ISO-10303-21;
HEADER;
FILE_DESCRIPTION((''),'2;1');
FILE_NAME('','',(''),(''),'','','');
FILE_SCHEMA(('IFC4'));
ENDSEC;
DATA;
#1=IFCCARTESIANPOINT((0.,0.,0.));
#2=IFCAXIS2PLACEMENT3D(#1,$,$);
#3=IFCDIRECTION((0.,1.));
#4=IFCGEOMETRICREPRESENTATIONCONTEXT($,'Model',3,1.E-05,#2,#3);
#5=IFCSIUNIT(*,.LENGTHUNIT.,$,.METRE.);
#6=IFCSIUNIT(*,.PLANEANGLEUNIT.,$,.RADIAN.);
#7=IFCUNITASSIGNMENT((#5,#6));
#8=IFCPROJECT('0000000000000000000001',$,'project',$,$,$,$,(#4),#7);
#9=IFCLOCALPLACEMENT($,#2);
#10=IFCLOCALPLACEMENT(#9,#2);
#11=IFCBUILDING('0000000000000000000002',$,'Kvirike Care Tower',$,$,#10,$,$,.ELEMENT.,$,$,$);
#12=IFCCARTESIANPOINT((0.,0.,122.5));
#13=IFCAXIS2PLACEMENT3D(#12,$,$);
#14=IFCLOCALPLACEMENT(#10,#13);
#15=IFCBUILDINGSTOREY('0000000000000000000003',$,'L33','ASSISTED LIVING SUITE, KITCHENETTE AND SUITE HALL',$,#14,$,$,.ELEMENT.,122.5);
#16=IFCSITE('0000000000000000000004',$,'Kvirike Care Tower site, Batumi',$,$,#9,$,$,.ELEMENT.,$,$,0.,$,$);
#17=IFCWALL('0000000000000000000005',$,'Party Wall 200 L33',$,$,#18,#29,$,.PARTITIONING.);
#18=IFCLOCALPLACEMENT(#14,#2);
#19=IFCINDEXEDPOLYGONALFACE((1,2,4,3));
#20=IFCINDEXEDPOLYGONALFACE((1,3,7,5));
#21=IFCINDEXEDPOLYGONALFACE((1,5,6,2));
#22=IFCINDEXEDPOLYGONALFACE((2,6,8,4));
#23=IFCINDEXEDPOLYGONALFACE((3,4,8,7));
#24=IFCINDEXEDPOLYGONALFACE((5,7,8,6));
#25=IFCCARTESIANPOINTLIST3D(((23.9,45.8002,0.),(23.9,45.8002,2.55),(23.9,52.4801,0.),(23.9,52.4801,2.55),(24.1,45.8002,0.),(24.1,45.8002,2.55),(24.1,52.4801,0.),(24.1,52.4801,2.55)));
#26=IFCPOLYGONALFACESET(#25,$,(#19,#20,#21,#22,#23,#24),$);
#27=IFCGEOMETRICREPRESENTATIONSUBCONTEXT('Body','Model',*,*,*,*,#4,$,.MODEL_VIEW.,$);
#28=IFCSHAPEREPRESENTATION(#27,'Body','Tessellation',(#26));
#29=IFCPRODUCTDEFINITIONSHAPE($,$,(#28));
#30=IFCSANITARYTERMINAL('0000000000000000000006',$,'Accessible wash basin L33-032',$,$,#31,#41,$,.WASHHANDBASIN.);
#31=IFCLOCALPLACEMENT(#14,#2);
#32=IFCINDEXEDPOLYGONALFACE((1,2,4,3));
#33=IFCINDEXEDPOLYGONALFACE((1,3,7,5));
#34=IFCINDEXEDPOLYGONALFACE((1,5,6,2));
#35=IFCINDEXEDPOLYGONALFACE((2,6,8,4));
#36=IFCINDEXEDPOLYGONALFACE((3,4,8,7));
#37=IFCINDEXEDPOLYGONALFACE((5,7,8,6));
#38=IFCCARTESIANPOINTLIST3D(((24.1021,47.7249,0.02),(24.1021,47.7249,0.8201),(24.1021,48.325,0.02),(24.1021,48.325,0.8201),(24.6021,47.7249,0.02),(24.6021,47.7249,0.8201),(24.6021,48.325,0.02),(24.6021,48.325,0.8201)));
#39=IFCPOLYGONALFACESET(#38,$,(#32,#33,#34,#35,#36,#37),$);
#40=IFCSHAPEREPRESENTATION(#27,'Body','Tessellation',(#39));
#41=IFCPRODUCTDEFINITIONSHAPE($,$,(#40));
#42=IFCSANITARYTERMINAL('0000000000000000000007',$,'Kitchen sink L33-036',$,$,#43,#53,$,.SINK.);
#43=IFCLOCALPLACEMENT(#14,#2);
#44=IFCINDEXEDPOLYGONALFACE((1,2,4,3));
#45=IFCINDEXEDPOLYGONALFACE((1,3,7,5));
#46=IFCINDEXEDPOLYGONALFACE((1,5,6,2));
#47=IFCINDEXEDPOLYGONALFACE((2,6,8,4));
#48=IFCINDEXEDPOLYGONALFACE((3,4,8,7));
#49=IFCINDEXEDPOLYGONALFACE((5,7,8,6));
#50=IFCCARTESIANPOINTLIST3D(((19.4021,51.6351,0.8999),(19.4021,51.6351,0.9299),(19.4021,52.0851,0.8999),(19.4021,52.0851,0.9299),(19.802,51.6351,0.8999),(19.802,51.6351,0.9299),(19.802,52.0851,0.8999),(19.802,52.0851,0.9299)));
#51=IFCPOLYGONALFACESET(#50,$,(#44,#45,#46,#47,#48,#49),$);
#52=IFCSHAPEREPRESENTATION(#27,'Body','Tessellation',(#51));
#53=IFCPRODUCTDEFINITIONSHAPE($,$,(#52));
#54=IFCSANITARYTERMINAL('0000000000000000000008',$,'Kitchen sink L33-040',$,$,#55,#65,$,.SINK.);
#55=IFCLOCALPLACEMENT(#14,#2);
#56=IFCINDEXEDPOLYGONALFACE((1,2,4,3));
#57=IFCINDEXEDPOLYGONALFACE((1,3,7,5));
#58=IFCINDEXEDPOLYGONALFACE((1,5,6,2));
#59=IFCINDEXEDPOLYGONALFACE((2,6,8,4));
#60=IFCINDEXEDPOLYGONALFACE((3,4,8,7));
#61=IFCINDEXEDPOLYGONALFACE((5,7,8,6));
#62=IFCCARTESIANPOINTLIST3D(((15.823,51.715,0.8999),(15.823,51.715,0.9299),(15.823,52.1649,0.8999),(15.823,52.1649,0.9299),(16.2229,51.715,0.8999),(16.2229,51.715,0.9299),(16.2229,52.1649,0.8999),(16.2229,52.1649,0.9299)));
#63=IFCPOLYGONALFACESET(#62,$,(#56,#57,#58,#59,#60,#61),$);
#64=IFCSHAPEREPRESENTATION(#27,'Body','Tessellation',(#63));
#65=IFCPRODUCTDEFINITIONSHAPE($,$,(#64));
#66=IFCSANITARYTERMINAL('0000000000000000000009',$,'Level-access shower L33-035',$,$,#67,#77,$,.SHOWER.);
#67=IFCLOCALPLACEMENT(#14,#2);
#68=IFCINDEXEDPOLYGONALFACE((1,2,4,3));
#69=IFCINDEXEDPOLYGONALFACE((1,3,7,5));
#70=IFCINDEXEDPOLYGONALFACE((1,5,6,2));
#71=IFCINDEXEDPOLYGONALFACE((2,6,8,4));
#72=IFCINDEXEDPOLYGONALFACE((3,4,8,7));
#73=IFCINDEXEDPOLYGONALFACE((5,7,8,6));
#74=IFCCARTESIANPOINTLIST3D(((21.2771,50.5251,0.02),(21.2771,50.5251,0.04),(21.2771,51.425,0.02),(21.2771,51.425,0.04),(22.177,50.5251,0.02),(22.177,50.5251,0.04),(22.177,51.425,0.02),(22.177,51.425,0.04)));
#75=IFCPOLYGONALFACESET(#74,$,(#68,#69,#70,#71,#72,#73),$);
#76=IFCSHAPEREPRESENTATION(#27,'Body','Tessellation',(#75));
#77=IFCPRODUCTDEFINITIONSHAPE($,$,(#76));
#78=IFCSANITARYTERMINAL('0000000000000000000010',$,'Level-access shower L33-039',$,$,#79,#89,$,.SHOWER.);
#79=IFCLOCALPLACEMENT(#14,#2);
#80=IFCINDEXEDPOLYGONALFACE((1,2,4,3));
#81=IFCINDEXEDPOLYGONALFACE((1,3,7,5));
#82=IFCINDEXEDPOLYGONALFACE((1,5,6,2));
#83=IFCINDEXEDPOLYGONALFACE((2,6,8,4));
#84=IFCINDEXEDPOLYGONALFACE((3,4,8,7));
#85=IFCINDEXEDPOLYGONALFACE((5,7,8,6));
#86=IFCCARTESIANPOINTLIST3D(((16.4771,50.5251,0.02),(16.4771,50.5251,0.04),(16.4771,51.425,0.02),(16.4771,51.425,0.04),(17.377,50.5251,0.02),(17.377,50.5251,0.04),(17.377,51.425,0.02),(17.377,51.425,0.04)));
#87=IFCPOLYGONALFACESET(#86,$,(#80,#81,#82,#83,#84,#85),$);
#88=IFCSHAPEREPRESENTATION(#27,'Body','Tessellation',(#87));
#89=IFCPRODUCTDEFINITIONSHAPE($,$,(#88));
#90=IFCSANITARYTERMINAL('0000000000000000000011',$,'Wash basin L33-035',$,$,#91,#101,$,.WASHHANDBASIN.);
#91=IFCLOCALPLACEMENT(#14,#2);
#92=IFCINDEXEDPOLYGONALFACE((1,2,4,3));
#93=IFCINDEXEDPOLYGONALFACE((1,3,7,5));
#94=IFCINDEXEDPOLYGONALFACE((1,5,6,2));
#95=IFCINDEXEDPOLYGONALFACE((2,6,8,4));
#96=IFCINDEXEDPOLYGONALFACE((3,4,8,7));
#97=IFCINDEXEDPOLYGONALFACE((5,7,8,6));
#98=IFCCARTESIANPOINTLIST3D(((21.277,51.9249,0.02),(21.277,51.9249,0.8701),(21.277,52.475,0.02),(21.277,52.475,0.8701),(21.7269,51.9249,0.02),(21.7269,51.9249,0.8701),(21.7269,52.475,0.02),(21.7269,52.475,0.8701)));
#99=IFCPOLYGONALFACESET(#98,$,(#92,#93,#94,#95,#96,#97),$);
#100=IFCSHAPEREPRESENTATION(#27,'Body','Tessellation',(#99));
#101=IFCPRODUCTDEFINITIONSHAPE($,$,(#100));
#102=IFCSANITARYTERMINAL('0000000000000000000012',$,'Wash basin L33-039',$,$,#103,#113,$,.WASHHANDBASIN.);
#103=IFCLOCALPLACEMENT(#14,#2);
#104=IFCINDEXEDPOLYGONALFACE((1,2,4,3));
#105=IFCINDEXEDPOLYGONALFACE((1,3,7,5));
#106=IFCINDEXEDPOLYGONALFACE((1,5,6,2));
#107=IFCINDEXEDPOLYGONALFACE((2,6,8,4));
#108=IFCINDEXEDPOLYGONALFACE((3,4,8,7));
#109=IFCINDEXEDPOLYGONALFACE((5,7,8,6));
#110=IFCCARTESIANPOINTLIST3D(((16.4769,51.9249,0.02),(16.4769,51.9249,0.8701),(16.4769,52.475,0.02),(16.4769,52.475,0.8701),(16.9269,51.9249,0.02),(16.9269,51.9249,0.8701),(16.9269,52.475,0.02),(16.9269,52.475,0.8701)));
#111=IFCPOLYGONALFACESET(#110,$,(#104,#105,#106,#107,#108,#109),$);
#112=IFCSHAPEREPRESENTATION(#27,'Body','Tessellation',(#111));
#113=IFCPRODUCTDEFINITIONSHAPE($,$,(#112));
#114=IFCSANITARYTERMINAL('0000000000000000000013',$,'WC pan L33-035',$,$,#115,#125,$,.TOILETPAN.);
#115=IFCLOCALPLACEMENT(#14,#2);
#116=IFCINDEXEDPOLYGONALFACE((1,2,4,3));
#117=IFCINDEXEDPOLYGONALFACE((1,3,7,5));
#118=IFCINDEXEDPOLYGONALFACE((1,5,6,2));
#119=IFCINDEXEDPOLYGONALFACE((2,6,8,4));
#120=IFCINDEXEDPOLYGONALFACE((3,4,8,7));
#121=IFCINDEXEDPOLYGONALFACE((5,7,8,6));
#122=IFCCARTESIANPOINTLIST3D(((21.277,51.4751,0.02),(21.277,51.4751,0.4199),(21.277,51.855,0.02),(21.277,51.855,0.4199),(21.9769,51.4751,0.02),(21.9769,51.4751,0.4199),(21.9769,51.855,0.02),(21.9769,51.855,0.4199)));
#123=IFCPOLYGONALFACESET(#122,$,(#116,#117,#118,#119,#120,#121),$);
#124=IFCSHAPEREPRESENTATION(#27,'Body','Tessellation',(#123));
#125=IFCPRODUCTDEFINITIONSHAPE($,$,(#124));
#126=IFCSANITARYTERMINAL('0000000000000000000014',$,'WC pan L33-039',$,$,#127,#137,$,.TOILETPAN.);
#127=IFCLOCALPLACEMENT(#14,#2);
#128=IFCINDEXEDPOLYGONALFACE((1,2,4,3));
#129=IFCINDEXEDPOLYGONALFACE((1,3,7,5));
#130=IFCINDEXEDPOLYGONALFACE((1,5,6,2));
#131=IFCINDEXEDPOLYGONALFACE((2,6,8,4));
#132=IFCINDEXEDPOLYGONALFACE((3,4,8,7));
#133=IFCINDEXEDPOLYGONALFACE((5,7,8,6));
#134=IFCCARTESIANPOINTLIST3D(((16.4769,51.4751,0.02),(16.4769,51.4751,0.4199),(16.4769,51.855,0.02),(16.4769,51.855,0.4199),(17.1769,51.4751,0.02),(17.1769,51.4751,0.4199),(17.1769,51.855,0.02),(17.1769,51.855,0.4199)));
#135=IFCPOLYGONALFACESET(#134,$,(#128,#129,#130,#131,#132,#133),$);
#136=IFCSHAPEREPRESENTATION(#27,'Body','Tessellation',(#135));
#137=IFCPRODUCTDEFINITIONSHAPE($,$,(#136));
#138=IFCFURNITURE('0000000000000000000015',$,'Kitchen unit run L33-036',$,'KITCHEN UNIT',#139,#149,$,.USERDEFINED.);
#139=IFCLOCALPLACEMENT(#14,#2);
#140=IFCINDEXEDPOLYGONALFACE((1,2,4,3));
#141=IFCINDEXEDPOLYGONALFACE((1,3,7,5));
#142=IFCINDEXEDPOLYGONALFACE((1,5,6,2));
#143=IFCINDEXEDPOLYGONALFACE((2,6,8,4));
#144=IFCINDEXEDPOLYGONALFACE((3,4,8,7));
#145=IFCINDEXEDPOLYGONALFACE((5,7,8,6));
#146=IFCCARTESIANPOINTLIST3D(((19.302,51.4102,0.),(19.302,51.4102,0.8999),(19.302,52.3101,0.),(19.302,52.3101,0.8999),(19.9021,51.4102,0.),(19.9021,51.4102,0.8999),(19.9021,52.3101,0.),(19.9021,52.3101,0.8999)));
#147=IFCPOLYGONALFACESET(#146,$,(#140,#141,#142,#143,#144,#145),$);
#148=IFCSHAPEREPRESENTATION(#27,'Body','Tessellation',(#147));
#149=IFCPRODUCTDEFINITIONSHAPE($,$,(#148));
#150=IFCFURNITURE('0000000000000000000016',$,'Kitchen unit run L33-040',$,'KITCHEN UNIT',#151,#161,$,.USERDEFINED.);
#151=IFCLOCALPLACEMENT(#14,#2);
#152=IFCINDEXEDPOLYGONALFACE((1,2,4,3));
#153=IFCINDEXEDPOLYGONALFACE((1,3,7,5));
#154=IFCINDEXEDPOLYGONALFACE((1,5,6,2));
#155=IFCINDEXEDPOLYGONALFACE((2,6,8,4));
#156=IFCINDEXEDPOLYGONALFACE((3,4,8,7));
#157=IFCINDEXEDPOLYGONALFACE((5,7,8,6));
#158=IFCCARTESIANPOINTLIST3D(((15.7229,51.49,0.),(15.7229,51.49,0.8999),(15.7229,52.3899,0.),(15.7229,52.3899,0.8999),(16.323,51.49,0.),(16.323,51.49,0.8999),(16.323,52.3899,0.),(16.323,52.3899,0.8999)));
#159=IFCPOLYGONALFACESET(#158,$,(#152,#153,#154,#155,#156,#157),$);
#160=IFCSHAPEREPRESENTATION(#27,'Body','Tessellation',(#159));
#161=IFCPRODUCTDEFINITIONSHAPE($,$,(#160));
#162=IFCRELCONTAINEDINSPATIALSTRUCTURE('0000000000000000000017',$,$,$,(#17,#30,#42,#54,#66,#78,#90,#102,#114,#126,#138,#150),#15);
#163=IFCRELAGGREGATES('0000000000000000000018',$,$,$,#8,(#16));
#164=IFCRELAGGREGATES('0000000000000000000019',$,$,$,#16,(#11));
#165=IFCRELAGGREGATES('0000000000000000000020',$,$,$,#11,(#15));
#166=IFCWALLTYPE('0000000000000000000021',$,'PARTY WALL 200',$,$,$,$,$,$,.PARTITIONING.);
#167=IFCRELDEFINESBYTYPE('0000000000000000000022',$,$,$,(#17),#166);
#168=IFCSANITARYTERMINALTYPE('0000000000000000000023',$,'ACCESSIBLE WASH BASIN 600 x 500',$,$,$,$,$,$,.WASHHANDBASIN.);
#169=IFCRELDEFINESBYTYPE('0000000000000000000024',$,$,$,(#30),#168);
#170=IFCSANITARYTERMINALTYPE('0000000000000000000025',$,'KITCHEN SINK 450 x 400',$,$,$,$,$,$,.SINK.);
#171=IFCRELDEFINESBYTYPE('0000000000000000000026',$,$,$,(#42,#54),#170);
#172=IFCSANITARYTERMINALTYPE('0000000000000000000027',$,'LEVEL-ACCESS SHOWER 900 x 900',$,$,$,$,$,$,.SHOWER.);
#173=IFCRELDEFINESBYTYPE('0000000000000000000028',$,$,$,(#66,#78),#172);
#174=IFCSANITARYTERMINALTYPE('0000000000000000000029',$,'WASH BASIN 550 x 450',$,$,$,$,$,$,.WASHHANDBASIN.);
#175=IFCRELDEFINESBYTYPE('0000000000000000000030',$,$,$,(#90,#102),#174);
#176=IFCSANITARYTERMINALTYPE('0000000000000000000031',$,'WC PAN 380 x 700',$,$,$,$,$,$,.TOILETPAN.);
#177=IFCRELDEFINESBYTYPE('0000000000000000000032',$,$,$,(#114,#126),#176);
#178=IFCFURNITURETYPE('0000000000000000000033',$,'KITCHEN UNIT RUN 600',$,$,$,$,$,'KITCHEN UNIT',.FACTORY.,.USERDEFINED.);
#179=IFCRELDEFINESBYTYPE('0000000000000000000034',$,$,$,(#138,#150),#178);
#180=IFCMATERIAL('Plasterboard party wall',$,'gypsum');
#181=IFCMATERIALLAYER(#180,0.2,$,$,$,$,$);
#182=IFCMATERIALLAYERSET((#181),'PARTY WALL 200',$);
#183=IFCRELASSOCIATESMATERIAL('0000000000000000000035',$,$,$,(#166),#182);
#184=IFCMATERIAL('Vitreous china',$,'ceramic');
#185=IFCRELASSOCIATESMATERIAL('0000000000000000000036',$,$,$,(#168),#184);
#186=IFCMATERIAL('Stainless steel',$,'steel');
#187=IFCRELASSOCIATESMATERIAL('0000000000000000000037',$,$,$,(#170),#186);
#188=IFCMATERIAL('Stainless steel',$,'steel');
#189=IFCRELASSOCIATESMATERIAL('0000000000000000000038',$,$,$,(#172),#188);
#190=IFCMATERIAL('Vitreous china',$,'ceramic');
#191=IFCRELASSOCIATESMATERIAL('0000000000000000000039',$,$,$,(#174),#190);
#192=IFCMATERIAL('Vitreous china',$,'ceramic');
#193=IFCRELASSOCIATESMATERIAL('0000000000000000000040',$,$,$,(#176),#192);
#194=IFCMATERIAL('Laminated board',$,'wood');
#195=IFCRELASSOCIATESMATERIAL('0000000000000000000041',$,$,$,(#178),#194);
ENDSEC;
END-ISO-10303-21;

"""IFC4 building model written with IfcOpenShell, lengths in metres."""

from ifc_helpers import new_model, si_unit, direction, frame, frame_2d, origin, origin_2d, place, context, subcontext, project, spatial, rectangle, extrude, material, layer, layer_set, type_object, element, save


model = new_model("IFC4")

# Units and contexts
model_context = context("Model", 3, precision=1e-05, world=origin(), true_north=direction((0.0, 1.0)))
body_context = subcontext(model_context, "Body", "Model", "MODEL_VIEW")
ifc_project = project(units=[si_unit("LENGTHUNIT", "METRE"), si_unit("PLANEANGLEUNIT", "RADIAN")], contexts=[model_context])

# Site, building, storey
site_placement = place(None, origin())
site = spatial("IfcSite", under=ifc_project, at=site_placement, Name="Kvirike Care Tower site, Batumi", CompositionType="ELEMENT", RefElevation=0.0)
building_placement = place(site_placement, origin())
building = spatial("IfcBuilding", under=site, at=building_placement, Name="Kvirike Care Tower", CompositionType="ELEMENT")
storey_placement = place(building_placement, frame((0.0, 0.0, 122.5)))
storey = spatial("IfcBuildingStorey", under=building, at=storey_placement, Name="L33", Description="ASSISTED LIVING SUITE, KITCHENETTE AND SUITE HALL", CompositionType="ELEMENT", Elevation=122.5)

# Wall
ifc_material_1 = material(Name="Plasterboard party wall", Category="gypsum")
ifc_layer_1 = layer(ifc_material_1, 0.2)
ifc_layer_set_1 = layer_set([ifc_layer_1], Name="PARTY WALL 200")
wall_type_1 = type_object("IfcWallType", Name="PARTY WALL 200", PredefinedType="PARTITIONING", material=ifc_layer_set_1)
wall_1_placement = place(storey_placement, frame((24.0, 52.48, 0.0), z_axis=(0.0, 0.0, 1.0), x_axis=(0.0, -1.0, 0.0)))
element("IfcWall", 1, at=wall_1_placement, inside=storey, type_object=wall_type_1, Name="Party Wall 200 L33", PredefinedType="PARTITIONING", context=body_context, shape_type="SweptSolid", body=[
    extrude(rectangle(XDim=6.6799, YDim=0.2, at=frame_2d((3.3398, 0.0))), origin(), (0.0, 0.0, 1.0), 2.55),
])

# Sanitary terminals
ifc_material_2 = material(Name="Vitreous china", Category="ceramic")
sanitary_terminal_type_1 = type_object("IfcSanitaryTerminalType", Name="ACCESSIBLE WASH BASIN 600 x 500", PredefinedType="WASHHANDBASIN", material=ifc_material_2)
sanitary_terminal_placement = place(storey_placement, frame((24.3521, 48.0249, 0.02), z_axis=(0.0, 0.0, 1.0), x_axis=(0.0, 1.0, 0.0)))
element("IfcSanitaryTerminal", 2, at=sanitary_terminal_placement, inside=storey, type_object=sanitary_terminal_type_1, Name="Accessible wash basin L33-032", PredefinedType="WASHHANDBASIN", context=body_context, shape_type="SweptSolid", body=[
    extrude(rectangle(XDim=0.6001, YDim=0.5, at=origin_2d()), origin(), (0.0, 0.0, 1.0), 0.8),
])
ifc_material_3 = material(Name="Stainless steel", Category="steel")
sanitary_terminal_type_2 = type_object("IfcSanitaryTerminalType", Name="KITCHEN SINK 450 x 400", PredefinedType="SINK", material=ifc_material_3)
for number, where, z_axis, x_axis, name in (
    (3, (19.6021, 51.8601, 0.8999), (0.0, 0.0, 1.0), (0.0, 1.0, 0.0), "Kitchen sink L33-036"),
    (4, (16.0229, 51.9399, 0.8999), (0.0, 0.0, 1.0), (0.0, -1.0, 0.0), "Kitchen sink L33-040"),
):
    element("IfcSanitaryTerminal", number, at=place(storey_placement, frame(where, z_axis=z_axis, x_axis=x_axis)), inside=storey, type_object=sanitary_terminal_type_2, Name=name, PredefinedType="SINK", context=body_context, shape_type="SweptSolid", body=[
        extrude(rectangle(XDim=0.45, YDim=0.3999, at=origin_2d()), origin(), (0.0, 0.0, 1.0), 0.03),
    ])
ifc_material_4 = material(Name="Stainless steel", Category="steel")
sanitary_terminal_type_3 = type_object("IfcSanitaryTerminalType", Name="LEVEL-ACCESS SHOWER 900 x 900", PredefinedType="SHOWER", material=ifc_material_4)
for number, where, z_axis, x_axis, name in (
    (5, (21.7271, 50.9751, 0.02), (0.0, 0.0, 1.0), (0.0, 1.0, 0.0), "Level-access shower L33-035"),
    (6, (16.927, 50.9751, 0.02), (0.0, 0.0, 1.0), (0.0, 1.0, 0.0), "Level-access shower L33-039"),
):
    element("IfcSanitaryTerminal", number, at=place(storey_placement, frame(where, z_axis=z_axis, x_axis=x_axis)), inside=storey, type_object=sanitary_terminal_type_3, Name=name, PredefinedType="SHOWER", context=body_context, shape_type="SweptSolid", body=[
        extrude(rectangle(XDim=0.8999, YDim=0.8999, at=origin_2d()), origin(), (0.0, 0.0, 1.0), 0.02),
    ])
ifc_material_5 = material(Name="Vitreous china", Category="ceramic")
sanitary_terminal_type_4 = type_object("IfcSanitaryTerminalType", Name="WASH BASIN 550 x 450", PredefinedType="WASHHANDBASIN", material=ifc_material_5)
for number, where, z_axis, x_axis, name in (
    (7, (21.502, 52.2, 0.02), (0.0, 0.0, 1.0), (0.0, 1.0, 0.0), "Wash basin L33-035"),
    (8, (16.7019, 52.2, 0.02), (0.0, 0.0, 1.0), (0.0, 1.0, 0.0), "Wash basin L33-039"),
):
    element("IfcSanitaryTerminal", number, at=place(storey_placement, frame(where, z_axis=z_axis, x_axis=x_axis)), inside=storey, type_object=sanitary_terminal_type_4, Name=name, PredefinedType="WASHHANDBASIN", context=body_context, shape_type="SweptSolid", body=[
        extrude(rectangle(XDim=0.55, YDim=0.45, at=origin_2d()), origin(), (0.0, 0.0, 1.0), 0.8501),
    ])
ifc_material_6 = material(Name="Vitreous china", Category="ceramic")
sanitary_terminal_type_5 = type_object("IfcSanitaryTerminalType", Name="WC PAN 380 x 700", PredefinedType="TOILETPAN", material=ifc_material_6)
for number, where, z_axis, x_axis, name in (
    (9, (21.627, 51.665, 0.02), (0.0, 0.0, 1.0), (0.0, 1.0, 0.0), "WC pan L33-035"),
    (10, (16.8269, 51.665, 0.02), (0.0, 0.0, 1.0), (0.0, 1.0, 0.0), "WC pan L33-039"),
):
    element("IfcSanitaryTerminal", number, at=place(storey_placement, frame(where, z_axis=z_axis, x_axis=x_axis)), inside=storey, type_object=sanitary_terminal_type_5, Name=name, PredefinedType="TOILETPAN", context=body_context, shape_type="SweptSolid", body=[
        extrude(rectangle(XDim=0.3799, YDim=0.7, at=origin_2d()), origin(), (0.0, 0.0, 1.0), 0.3999),
    ])

# Furniture
ifc_material_7 = material(Name="Laminated board", Category="wood")
furniture_type = type_object("IfcFurnitureType", Name="KITCHEN UNIT RUN 600", ElementType="KITCHEN UNIT", AssemblyPlace="FACTORY", PredefinedType="USERDEFINED", material=ifc_material_7)
for number, where, z_axis, x_axis, name in (
    (11, (19.6021, 51.8601, 0.0), (0.0, 0.0, 1.0), (0.0, 1.0, 0.0), "Kitchen unit run L33-036"),
    (12, (16.0229, 51.9399, 0.0), (0.0, 0.0, 1.0), (0.0, -1.0, 0.0), "Kitchen unit run L33-040"),
):
    element("IfcFurniture", number, at=place(storey_placement, frame(where, z_axis=z_axis, x_axis=x_axis)), inside=storey, type_object=furniture_type, Name=name, ObjectType="KITCHEN UNIT", PredefinedType="USERDEFINED", context=body_context, shape_type="SweptSolid", body=[
        extrude(rectangle(XDim=0.8999, YDim=0.6001, at=origin_2d()), origin(), (0.0, 0.0, 1.0), 0.8999),
    ])

save(model, "model.ifc")
